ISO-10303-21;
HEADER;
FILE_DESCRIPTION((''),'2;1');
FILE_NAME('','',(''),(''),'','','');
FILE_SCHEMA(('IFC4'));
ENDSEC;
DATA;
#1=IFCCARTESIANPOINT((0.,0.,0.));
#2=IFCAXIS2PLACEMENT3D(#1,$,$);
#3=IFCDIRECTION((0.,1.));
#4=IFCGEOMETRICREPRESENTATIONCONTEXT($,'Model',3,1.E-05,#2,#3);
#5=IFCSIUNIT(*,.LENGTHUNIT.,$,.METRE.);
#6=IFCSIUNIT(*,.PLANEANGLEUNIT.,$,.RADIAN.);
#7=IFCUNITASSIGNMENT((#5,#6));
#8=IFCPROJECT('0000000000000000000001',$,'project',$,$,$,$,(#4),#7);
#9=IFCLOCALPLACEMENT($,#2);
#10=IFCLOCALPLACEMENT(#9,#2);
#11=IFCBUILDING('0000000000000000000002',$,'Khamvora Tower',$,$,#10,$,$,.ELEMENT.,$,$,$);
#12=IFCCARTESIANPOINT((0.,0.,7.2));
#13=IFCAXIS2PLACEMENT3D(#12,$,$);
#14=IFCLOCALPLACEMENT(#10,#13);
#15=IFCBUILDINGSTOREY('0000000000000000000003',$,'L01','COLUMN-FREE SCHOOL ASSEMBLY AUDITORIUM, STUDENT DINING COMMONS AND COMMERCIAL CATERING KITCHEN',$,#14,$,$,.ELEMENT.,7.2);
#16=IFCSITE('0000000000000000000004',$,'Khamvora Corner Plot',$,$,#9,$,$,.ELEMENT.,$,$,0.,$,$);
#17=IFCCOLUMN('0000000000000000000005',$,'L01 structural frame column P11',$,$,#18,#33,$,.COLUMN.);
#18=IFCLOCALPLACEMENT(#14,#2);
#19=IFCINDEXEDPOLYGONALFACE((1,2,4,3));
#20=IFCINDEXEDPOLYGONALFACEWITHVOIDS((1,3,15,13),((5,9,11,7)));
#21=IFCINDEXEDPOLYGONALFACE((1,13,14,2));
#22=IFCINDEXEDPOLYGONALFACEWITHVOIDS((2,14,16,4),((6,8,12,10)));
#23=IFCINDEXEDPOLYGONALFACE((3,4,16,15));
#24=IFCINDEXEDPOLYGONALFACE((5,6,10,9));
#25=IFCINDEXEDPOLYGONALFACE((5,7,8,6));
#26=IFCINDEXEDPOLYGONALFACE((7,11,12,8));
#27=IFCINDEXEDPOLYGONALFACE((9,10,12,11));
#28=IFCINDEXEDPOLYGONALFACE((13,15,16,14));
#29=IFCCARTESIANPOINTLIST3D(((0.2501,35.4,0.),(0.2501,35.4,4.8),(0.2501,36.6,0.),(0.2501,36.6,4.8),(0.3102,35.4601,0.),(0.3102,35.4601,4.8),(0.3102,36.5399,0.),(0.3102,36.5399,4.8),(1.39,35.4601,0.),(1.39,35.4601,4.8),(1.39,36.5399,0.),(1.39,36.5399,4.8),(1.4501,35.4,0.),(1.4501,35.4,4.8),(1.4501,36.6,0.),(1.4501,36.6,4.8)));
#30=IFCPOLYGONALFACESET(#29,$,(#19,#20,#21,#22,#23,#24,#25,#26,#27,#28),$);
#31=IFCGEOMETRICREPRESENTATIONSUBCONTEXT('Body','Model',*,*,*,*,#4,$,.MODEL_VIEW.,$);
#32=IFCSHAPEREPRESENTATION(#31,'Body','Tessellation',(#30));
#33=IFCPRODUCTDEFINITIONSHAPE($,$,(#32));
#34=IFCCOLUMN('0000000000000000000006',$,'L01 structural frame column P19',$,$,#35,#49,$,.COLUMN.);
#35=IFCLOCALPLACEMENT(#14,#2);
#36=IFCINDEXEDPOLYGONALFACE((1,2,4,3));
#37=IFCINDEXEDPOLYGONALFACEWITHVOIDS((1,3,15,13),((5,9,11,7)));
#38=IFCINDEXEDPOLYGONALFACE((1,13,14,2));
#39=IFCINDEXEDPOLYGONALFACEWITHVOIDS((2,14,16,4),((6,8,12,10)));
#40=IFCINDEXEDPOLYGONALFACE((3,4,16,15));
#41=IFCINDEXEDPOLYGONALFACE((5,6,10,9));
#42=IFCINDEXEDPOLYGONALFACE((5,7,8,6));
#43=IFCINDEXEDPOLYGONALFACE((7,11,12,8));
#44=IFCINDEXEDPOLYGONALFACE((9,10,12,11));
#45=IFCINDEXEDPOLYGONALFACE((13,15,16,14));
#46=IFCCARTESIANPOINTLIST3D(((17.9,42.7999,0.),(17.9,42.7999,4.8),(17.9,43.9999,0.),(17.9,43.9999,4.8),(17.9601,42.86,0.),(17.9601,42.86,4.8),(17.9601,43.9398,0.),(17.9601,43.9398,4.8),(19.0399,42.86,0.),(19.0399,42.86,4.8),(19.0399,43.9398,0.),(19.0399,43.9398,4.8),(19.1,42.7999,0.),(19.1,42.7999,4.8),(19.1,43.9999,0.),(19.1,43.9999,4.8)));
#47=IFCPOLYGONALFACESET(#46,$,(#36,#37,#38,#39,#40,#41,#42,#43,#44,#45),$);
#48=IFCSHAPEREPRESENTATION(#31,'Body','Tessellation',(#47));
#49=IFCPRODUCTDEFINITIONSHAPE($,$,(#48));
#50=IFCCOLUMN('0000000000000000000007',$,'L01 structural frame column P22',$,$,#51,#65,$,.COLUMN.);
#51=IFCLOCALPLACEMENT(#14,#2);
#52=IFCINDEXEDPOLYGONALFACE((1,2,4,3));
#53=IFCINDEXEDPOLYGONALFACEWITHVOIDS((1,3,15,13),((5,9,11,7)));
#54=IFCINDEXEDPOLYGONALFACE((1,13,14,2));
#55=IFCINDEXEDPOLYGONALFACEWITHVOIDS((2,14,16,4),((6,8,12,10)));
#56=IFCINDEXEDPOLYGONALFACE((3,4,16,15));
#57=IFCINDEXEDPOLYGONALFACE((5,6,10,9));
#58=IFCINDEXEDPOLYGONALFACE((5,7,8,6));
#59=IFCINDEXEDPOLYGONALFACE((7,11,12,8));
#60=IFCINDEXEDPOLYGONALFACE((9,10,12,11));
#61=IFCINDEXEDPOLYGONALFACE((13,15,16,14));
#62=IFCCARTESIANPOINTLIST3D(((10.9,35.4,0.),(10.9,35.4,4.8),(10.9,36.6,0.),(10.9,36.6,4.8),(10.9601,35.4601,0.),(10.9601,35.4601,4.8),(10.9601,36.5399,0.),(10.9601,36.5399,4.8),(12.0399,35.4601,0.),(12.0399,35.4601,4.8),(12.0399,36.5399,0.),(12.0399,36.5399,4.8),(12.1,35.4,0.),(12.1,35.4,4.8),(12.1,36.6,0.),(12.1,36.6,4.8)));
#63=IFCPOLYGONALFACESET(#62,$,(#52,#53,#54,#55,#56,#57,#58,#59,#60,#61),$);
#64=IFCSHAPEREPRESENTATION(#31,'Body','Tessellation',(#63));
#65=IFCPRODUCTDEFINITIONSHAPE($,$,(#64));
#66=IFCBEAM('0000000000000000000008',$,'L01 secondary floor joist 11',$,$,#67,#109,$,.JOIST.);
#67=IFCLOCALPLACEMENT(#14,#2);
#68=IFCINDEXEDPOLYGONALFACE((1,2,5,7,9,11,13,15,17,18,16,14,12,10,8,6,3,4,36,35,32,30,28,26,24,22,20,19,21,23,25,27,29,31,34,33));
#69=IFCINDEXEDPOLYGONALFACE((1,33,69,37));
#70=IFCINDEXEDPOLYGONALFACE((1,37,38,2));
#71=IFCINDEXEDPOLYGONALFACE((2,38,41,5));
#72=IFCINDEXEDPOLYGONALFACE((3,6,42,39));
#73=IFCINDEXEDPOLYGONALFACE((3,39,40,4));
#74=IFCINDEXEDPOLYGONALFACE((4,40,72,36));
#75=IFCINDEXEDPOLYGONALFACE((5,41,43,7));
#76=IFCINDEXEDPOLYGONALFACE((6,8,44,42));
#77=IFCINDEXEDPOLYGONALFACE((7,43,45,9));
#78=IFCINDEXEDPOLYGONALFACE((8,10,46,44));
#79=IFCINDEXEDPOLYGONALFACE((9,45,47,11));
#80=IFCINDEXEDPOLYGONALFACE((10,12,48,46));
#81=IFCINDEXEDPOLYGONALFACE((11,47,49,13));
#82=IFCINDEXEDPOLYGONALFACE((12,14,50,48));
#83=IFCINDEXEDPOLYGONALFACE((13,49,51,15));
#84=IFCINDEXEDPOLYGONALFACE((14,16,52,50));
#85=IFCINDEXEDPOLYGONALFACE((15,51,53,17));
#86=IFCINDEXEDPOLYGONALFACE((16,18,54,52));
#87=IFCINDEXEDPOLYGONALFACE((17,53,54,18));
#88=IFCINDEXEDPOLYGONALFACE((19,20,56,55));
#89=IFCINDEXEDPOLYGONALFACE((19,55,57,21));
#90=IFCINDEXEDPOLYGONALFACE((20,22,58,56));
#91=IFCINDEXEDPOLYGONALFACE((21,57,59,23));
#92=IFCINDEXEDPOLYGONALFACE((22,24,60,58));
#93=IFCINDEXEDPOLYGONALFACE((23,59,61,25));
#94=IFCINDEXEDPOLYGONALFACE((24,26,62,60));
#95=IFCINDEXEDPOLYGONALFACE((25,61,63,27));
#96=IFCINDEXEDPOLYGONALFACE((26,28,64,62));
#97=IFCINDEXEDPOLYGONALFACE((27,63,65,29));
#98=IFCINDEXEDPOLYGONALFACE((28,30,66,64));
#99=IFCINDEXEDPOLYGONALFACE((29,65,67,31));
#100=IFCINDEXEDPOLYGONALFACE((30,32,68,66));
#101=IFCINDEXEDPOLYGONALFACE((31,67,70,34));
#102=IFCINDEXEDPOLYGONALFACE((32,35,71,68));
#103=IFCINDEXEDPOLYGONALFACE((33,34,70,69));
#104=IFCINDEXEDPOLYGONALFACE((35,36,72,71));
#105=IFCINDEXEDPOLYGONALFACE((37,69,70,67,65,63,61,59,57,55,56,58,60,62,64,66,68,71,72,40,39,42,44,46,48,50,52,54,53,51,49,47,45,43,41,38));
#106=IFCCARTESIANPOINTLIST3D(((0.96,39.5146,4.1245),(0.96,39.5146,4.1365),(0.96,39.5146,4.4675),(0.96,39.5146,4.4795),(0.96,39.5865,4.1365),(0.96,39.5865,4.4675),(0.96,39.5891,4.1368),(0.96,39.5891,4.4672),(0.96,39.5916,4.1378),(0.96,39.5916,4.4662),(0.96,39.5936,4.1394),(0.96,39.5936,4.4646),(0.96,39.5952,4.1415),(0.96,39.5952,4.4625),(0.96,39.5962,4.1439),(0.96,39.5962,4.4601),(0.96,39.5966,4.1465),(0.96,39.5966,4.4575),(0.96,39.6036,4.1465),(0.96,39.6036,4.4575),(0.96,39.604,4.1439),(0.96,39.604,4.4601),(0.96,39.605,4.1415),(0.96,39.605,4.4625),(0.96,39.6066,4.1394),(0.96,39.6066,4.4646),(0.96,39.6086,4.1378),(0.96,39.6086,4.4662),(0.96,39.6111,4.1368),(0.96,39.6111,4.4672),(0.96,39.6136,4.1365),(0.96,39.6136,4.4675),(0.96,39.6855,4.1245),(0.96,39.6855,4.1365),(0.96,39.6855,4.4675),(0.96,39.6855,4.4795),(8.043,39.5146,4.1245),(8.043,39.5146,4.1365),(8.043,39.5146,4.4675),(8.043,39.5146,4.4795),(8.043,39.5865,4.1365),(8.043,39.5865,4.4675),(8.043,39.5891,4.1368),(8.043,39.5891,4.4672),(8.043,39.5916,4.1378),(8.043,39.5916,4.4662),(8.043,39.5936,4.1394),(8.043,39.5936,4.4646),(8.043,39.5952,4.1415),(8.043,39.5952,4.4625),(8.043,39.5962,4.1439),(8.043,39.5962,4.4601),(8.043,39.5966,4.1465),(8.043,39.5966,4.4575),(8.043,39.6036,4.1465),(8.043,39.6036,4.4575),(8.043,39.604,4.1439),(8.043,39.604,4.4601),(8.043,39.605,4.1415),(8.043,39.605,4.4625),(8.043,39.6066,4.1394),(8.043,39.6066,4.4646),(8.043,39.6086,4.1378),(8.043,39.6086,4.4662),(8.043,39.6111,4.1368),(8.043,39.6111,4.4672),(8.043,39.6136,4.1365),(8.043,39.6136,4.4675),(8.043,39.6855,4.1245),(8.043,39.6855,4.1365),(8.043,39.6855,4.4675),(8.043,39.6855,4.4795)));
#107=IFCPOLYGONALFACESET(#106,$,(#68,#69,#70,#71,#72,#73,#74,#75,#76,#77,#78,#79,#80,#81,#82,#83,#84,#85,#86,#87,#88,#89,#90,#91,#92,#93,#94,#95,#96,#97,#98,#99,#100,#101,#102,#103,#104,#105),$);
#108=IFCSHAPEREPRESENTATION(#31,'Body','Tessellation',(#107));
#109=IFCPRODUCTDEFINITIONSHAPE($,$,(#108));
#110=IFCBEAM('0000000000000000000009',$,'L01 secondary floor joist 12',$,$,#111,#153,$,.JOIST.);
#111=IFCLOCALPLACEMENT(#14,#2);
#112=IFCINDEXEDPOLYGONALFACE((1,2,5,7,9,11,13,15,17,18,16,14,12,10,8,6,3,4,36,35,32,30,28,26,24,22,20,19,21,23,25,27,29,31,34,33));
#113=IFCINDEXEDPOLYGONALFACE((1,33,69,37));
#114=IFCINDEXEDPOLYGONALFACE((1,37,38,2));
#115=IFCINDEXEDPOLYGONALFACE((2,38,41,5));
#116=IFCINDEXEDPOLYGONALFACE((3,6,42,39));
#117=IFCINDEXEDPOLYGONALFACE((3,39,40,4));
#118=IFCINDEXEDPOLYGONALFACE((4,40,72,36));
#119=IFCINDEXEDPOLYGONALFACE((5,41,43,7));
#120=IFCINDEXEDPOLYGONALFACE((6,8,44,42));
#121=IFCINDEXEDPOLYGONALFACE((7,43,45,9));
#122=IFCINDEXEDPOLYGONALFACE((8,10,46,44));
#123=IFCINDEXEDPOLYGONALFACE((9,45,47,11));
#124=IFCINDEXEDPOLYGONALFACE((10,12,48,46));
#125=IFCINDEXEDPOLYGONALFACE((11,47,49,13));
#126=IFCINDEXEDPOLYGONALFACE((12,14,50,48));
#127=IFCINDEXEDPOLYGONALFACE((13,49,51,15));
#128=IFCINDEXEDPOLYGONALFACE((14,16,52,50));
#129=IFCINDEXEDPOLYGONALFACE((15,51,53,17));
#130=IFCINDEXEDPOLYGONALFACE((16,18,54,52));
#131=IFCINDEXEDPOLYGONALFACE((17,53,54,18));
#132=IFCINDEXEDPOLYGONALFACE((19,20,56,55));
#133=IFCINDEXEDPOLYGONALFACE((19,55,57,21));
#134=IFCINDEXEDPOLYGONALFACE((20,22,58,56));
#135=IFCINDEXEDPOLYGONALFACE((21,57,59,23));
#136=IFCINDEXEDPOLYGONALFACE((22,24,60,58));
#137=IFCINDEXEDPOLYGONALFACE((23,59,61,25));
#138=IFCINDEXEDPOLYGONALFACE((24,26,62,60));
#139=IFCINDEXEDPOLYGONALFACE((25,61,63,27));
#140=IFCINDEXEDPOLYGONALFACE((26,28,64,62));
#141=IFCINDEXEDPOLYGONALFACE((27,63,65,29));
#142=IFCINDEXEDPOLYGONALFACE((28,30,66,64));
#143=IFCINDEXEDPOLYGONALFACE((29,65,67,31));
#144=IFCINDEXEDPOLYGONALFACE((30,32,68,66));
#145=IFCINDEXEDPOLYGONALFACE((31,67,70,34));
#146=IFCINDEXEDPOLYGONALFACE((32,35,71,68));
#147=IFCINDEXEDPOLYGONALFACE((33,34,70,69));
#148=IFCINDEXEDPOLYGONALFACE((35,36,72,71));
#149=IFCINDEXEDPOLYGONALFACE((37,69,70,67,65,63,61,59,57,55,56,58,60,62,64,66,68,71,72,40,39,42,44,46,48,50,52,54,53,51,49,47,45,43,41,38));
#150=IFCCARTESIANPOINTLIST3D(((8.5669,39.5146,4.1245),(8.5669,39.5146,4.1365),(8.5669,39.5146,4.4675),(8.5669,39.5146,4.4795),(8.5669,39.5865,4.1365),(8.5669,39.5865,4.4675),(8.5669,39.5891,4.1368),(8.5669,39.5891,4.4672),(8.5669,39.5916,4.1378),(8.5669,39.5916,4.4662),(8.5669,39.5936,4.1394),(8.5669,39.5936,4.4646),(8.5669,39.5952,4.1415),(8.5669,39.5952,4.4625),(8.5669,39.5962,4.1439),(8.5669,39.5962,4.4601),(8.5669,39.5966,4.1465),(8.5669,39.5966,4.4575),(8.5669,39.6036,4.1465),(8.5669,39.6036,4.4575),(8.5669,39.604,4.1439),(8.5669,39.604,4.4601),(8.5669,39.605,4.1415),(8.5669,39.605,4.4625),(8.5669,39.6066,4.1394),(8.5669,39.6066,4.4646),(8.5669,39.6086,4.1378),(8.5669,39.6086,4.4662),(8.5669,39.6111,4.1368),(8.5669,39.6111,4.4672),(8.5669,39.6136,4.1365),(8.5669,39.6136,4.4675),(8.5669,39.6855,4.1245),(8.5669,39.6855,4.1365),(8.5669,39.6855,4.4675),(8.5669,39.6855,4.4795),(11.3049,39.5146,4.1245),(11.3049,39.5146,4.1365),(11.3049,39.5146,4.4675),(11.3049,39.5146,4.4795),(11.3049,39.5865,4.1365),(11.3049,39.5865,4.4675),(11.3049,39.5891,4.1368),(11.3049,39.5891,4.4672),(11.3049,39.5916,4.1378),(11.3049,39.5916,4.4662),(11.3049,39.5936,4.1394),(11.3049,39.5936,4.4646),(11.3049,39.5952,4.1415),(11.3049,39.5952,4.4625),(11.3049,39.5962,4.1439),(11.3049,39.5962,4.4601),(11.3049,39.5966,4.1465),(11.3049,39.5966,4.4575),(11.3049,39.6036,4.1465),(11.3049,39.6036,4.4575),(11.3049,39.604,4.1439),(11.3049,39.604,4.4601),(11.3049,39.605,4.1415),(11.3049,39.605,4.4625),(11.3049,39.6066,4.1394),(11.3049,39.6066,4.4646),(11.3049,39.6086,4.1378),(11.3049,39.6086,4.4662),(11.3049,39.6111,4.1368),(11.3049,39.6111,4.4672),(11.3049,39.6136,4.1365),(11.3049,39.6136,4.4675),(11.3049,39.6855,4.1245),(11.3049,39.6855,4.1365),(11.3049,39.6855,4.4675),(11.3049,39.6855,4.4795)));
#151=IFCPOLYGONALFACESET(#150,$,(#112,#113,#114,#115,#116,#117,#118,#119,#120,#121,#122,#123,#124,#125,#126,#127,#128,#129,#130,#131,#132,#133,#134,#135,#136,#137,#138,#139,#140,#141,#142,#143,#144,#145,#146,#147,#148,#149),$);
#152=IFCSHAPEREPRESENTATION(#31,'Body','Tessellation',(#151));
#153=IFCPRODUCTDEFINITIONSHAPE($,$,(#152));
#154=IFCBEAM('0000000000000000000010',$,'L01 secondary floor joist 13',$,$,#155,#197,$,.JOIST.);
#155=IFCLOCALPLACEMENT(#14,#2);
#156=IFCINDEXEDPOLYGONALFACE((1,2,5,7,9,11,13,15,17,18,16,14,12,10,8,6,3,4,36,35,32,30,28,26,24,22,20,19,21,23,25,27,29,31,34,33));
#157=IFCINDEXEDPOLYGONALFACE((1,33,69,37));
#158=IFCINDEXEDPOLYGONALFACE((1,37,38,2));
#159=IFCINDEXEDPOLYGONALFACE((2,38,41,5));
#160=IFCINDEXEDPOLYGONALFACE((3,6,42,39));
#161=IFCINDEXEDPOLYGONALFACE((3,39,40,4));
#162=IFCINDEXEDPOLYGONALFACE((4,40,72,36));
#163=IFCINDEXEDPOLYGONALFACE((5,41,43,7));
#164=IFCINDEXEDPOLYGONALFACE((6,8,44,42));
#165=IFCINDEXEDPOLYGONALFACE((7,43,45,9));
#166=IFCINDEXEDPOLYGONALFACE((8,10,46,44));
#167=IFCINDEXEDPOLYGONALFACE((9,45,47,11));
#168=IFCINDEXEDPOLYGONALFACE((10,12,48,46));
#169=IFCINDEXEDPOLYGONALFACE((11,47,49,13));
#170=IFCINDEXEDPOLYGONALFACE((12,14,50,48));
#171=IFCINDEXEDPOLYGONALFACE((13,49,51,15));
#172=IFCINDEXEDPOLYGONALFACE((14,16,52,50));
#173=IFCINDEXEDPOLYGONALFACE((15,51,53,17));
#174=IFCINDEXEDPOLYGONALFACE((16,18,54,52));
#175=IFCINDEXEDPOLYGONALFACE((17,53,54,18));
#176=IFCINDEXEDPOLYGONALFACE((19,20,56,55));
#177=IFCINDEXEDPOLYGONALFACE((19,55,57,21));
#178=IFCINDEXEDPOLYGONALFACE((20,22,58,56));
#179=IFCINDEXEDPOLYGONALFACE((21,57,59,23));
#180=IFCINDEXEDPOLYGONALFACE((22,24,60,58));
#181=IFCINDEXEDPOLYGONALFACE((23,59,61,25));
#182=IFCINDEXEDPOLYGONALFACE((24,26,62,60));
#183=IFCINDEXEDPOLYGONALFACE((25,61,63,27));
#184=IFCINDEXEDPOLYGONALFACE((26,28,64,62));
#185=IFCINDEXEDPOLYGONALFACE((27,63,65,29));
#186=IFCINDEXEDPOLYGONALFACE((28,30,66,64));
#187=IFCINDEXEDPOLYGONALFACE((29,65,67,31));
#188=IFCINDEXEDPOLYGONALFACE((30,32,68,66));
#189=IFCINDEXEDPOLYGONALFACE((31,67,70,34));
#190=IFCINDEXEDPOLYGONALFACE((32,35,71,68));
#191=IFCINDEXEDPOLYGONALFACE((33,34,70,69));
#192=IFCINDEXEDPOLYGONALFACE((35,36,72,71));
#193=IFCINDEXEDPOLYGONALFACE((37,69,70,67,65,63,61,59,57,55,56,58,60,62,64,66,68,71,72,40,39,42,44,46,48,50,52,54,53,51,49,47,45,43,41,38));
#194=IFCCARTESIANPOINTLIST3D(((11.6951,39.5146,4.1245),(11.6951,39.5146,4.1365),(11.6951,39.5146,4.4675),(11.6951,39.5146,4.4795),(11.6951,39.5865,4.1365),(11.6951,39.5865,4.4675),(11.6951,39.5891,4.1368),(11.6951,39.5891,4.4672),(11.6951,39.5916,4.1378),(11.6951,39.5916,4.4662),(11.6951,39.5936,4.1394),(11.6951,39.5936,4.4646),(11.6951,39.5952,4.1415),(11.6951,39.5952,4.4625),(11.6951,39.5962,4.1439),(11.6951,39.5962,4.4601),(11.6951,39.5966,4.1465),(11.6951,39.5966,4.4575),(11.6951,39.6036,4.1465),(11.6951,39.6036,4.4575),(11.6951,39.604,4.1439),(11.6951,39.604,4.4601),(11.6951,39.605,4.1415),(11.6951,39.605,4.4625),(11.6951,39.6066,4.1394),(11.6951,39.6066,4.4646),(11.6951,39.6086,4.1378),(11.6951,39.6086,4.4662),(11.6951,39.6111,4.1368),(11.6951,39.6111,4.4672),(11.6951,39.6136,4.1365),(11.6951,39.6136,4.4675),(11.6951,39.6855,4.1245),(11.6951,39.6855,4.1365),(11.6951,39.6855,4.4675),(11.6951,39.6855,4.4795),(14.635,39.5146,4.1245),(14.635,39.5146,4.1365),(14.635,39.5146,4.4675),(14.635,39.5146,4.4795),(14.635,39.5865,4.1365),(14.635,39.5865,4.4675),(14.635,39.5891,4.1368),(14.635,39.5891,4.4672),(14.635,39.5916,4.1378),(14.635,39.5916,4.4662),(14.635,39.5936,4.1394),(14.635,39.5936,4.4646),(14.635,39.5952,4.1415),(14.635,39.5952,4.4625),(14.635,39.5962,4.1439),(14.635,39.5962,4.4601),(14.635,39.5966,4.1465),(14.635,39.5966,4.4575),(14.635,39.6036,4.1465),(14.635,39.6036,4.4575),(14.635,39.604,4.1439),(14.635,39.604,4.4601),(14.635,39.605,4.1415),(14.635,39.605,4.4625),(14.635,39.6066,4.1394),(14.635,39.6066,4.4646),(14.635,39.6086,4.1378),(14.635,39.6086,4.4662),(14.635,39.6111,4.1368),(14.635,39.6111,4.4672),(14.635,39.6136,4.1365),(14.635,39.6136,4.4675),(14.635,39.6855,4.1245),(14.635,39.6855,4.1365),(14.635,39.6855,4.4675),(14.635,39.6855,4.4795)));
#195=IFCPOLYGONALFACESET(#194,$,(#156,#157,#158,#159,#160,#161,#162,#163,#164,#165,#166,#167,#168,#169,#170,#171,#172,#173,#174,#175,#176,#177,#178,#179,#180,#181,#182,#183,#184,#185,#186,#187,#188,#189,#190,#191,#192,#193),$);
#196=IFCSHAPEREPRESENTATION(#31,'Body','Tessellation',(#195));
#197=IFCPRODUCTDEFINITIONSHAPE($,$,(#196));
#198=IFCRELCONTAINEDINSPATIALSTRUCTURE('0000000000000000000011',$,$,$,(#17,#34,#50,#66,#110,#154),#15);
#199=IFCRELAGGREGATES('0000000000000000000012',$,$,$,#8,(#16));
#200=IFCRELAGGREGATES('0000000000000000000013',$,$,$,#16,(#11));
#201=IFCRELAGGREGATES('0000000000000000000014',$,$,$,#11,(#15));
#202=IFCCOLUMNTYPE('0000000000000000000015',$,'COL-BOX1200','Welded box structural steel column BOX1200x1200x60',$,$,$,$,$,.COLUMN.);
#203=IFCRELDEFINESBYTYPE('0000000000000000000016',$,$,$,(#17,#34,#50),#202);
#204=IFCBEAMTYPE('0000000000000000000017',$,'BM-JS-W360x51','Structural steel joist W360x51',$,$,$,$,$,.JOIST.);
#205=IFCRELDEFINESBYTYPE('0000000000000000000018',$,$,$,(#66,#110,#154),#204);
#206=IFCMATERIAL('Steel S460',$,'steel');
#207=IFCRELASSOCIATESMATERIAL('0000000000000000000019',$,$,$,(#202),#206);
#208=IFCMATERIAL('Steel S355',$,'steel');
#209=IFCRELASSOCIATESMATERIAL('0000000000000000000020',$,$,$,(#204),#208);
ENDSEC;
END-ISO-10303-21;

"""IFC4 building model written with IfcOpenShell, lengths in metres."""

from ifc_helpers import new_model, si_unit, direction, frame, origin, origin_2d, place, context, subcontext, project, spatial, hollow_rectangle, i_section, extrude, material, material_profile, profile_set, type_object, element, save


model = new_model("IFC4")

# Units and contexts
model_context = context("Model", 3, precision=1e-05, world=origin(), true_north=direction((0.0, 1.0)))
body_context = subcontext(model_context, "Body", "Model", "MODEL_VIEW")
ifc_project = project(units=[si_unit("LENGTHUNIT", "METRE"), si_unit("PLANEANGLEUNIT", "RADIAN")], contexts=[model_context])

# Site, building, storey
site_placement = place(None, origin())
site = spatial("IfcSite", under=ifc_project, at=site_placement, Name="Khamvora Corner Plot", CompositionType="ELEMENT", RefElevation=0.0)
building_placement = place(site_placement, origin())
building = spatial("IfcBuilding", under=site, at=building_placement, Name="Khamvora Tower", CompositionType="ELEMENT")
storey_placement = place(building_placement, frame((0.0, 0.0, 7.2)))
storey = spatial("IfcBuildingStorey", under=building, at=storey_placement, Name="L01", Description="COLUMN-FREE SCHOOL ASSEMBLY AUDITORIUM, STUDENT DINING COMMONS AND COMMERCIAL CATERING KITCHEN", CompositionType="ELEMENT", Elevation=7.2)

# Columns
ifc_material_1 = material(Name="Steel S460", Category="steel")
ifc_material_profile_1 = material_profile(ifc_material_1, hollow_rectangle(XDim=1.2, YDim=1.2, WallThickness=0.0601, at=origin_2d()), Name="BOX1200x1200x60")
ifc_profile_set_1 = profile_set([ifc_material_profile_1], Name="Steel S460")
column_type = type_object("IfcColumnType", Name="COL-BOX1200", Description="Welded box structural steel column BOX1200x1200x60", PredefinedType="COLUMN", material=ifc_profile_set_1)
for number, where, z_axis, x_axis, name in (
    (1, (0.8501, 36.0, 0.0), (0.0, 0.0, 1.0), (1.0, 0.0, 0.0), "L01 structural frame column P11"),
    (2, (18.5, 43.3999, 0.0), (0.0, 0.0, 1.0), (1.0, 0.0, 0.0), "L01 structural frame column P19"),
    (3, (11.5, 36.0, 0.0), (0.0, 0.0, 1.0), (1.0, 0.0, 0.0), "L01 structural frame column P22"),
):
    element("IfcColumn", number, at=place(storey_placement, frame(where, z_axis=z_axis, x_axis=x_axis)), inside=storey, type_object=column_type, Name=name, PredefinedType="COLUMN", context=body_context, shape_type="SweptSolid", body=[
        extrude(hollow_rectangle(XDim=1.2, YDim=1.2, WallThickness=0.0601, at=origin_2d()), origin(), (0.0, 0.0, 1.0), 4.8),
    ])

# Beams
ifc_material_2 = material(Name="Steel S355", Category="steel")
ifc_material_profile_2 = material_profile(ifc_material_2, i_section(OverallWidth=0.1709, OverallDepth=0.355, WebThickness=0.0071, FlangeThickness=0.012, FilletRadius=0.01, at=origin_2d()), Name="W360x51")
ifc_profile_set_2 = profile_set([ifc_material_profile_2], Name="Steel S355")
beam_type_1 = type_object("IfcBeamType", Name="BM-JS-W360x51", Description="Structural steel joist W360x51", PredefinedType="JOIST", material=ifc_profile_set_2)
beam_1_placement = place(storey_placement, frame((0.96, 39.6001, 4.302), z_axis=(1.0, 0.0, 0.0), x_axis=(0.0, 1.0, 0.0)))
element("IfcBeam", 4, at=beam_1_placement, inside=storey, type_object=beam_type_1, Name="L01 secondary floor joist 11", PredefinedType="JOIST", context=body_context, shape_type="SweptSolid", body=[
    extrude(i_section(OverallWidth=0.1709, OverallDepth=0.355, WebThickness=0.0071, FlangeThickness=0.012, FilletRadius=0.01, at=origin_2d()), origin(), (0.0, 0.0, 1.0), 7.083),
])
beam_2_placement = place(storey_placement, frame((8.5669, 39.6001, 4.302), z_axis=(1.0, 0.0, 0.0), x_axis=(0.0, 1.0, 0.0)))
element("IfcBeam", 5, at=beam_2_placement, inside=storey, type_object=beam_type_1, Name="L01 secondary floor joist 12", PredefinedType="JOIST", context=body_context, shape_type="SweptSolid", body=[
    extrude(i_section(OverallWidth=0.1709, OverallDepth=0.355, WebThickness=0.0071, FlangeThickness=0.012, FilletRadius=0.01, at=origin_2d()), origin(), (0.0, 0.0, 1.0), 2.738),
])
beam_3_placement = place(storey_placement, frame((11.6951, 39.6001, 4.302), z_axis=(1.0, 0.0, 0.0), x_axis=(0.0, 1.0, 0.0)))
element("IfcBeam", 6, at=beam_3_placement, inside=storey, type_object=beam_type_1, Name="L01 secondary floor joist 13", PredefinedType="JOIST", context=body_context, shape_type="SweptSolid", body=[
    extrude(i_section(OverallWidth=0.1709, OverallDepth=0.355, WebThickness=0.0071, FlangeThickness=0.012, FilletRadius=0.01, at=origin_2d()), origin(), (0.0, 0.0, 1.0), 2.9399),
])

save(model, "model.ifc")
